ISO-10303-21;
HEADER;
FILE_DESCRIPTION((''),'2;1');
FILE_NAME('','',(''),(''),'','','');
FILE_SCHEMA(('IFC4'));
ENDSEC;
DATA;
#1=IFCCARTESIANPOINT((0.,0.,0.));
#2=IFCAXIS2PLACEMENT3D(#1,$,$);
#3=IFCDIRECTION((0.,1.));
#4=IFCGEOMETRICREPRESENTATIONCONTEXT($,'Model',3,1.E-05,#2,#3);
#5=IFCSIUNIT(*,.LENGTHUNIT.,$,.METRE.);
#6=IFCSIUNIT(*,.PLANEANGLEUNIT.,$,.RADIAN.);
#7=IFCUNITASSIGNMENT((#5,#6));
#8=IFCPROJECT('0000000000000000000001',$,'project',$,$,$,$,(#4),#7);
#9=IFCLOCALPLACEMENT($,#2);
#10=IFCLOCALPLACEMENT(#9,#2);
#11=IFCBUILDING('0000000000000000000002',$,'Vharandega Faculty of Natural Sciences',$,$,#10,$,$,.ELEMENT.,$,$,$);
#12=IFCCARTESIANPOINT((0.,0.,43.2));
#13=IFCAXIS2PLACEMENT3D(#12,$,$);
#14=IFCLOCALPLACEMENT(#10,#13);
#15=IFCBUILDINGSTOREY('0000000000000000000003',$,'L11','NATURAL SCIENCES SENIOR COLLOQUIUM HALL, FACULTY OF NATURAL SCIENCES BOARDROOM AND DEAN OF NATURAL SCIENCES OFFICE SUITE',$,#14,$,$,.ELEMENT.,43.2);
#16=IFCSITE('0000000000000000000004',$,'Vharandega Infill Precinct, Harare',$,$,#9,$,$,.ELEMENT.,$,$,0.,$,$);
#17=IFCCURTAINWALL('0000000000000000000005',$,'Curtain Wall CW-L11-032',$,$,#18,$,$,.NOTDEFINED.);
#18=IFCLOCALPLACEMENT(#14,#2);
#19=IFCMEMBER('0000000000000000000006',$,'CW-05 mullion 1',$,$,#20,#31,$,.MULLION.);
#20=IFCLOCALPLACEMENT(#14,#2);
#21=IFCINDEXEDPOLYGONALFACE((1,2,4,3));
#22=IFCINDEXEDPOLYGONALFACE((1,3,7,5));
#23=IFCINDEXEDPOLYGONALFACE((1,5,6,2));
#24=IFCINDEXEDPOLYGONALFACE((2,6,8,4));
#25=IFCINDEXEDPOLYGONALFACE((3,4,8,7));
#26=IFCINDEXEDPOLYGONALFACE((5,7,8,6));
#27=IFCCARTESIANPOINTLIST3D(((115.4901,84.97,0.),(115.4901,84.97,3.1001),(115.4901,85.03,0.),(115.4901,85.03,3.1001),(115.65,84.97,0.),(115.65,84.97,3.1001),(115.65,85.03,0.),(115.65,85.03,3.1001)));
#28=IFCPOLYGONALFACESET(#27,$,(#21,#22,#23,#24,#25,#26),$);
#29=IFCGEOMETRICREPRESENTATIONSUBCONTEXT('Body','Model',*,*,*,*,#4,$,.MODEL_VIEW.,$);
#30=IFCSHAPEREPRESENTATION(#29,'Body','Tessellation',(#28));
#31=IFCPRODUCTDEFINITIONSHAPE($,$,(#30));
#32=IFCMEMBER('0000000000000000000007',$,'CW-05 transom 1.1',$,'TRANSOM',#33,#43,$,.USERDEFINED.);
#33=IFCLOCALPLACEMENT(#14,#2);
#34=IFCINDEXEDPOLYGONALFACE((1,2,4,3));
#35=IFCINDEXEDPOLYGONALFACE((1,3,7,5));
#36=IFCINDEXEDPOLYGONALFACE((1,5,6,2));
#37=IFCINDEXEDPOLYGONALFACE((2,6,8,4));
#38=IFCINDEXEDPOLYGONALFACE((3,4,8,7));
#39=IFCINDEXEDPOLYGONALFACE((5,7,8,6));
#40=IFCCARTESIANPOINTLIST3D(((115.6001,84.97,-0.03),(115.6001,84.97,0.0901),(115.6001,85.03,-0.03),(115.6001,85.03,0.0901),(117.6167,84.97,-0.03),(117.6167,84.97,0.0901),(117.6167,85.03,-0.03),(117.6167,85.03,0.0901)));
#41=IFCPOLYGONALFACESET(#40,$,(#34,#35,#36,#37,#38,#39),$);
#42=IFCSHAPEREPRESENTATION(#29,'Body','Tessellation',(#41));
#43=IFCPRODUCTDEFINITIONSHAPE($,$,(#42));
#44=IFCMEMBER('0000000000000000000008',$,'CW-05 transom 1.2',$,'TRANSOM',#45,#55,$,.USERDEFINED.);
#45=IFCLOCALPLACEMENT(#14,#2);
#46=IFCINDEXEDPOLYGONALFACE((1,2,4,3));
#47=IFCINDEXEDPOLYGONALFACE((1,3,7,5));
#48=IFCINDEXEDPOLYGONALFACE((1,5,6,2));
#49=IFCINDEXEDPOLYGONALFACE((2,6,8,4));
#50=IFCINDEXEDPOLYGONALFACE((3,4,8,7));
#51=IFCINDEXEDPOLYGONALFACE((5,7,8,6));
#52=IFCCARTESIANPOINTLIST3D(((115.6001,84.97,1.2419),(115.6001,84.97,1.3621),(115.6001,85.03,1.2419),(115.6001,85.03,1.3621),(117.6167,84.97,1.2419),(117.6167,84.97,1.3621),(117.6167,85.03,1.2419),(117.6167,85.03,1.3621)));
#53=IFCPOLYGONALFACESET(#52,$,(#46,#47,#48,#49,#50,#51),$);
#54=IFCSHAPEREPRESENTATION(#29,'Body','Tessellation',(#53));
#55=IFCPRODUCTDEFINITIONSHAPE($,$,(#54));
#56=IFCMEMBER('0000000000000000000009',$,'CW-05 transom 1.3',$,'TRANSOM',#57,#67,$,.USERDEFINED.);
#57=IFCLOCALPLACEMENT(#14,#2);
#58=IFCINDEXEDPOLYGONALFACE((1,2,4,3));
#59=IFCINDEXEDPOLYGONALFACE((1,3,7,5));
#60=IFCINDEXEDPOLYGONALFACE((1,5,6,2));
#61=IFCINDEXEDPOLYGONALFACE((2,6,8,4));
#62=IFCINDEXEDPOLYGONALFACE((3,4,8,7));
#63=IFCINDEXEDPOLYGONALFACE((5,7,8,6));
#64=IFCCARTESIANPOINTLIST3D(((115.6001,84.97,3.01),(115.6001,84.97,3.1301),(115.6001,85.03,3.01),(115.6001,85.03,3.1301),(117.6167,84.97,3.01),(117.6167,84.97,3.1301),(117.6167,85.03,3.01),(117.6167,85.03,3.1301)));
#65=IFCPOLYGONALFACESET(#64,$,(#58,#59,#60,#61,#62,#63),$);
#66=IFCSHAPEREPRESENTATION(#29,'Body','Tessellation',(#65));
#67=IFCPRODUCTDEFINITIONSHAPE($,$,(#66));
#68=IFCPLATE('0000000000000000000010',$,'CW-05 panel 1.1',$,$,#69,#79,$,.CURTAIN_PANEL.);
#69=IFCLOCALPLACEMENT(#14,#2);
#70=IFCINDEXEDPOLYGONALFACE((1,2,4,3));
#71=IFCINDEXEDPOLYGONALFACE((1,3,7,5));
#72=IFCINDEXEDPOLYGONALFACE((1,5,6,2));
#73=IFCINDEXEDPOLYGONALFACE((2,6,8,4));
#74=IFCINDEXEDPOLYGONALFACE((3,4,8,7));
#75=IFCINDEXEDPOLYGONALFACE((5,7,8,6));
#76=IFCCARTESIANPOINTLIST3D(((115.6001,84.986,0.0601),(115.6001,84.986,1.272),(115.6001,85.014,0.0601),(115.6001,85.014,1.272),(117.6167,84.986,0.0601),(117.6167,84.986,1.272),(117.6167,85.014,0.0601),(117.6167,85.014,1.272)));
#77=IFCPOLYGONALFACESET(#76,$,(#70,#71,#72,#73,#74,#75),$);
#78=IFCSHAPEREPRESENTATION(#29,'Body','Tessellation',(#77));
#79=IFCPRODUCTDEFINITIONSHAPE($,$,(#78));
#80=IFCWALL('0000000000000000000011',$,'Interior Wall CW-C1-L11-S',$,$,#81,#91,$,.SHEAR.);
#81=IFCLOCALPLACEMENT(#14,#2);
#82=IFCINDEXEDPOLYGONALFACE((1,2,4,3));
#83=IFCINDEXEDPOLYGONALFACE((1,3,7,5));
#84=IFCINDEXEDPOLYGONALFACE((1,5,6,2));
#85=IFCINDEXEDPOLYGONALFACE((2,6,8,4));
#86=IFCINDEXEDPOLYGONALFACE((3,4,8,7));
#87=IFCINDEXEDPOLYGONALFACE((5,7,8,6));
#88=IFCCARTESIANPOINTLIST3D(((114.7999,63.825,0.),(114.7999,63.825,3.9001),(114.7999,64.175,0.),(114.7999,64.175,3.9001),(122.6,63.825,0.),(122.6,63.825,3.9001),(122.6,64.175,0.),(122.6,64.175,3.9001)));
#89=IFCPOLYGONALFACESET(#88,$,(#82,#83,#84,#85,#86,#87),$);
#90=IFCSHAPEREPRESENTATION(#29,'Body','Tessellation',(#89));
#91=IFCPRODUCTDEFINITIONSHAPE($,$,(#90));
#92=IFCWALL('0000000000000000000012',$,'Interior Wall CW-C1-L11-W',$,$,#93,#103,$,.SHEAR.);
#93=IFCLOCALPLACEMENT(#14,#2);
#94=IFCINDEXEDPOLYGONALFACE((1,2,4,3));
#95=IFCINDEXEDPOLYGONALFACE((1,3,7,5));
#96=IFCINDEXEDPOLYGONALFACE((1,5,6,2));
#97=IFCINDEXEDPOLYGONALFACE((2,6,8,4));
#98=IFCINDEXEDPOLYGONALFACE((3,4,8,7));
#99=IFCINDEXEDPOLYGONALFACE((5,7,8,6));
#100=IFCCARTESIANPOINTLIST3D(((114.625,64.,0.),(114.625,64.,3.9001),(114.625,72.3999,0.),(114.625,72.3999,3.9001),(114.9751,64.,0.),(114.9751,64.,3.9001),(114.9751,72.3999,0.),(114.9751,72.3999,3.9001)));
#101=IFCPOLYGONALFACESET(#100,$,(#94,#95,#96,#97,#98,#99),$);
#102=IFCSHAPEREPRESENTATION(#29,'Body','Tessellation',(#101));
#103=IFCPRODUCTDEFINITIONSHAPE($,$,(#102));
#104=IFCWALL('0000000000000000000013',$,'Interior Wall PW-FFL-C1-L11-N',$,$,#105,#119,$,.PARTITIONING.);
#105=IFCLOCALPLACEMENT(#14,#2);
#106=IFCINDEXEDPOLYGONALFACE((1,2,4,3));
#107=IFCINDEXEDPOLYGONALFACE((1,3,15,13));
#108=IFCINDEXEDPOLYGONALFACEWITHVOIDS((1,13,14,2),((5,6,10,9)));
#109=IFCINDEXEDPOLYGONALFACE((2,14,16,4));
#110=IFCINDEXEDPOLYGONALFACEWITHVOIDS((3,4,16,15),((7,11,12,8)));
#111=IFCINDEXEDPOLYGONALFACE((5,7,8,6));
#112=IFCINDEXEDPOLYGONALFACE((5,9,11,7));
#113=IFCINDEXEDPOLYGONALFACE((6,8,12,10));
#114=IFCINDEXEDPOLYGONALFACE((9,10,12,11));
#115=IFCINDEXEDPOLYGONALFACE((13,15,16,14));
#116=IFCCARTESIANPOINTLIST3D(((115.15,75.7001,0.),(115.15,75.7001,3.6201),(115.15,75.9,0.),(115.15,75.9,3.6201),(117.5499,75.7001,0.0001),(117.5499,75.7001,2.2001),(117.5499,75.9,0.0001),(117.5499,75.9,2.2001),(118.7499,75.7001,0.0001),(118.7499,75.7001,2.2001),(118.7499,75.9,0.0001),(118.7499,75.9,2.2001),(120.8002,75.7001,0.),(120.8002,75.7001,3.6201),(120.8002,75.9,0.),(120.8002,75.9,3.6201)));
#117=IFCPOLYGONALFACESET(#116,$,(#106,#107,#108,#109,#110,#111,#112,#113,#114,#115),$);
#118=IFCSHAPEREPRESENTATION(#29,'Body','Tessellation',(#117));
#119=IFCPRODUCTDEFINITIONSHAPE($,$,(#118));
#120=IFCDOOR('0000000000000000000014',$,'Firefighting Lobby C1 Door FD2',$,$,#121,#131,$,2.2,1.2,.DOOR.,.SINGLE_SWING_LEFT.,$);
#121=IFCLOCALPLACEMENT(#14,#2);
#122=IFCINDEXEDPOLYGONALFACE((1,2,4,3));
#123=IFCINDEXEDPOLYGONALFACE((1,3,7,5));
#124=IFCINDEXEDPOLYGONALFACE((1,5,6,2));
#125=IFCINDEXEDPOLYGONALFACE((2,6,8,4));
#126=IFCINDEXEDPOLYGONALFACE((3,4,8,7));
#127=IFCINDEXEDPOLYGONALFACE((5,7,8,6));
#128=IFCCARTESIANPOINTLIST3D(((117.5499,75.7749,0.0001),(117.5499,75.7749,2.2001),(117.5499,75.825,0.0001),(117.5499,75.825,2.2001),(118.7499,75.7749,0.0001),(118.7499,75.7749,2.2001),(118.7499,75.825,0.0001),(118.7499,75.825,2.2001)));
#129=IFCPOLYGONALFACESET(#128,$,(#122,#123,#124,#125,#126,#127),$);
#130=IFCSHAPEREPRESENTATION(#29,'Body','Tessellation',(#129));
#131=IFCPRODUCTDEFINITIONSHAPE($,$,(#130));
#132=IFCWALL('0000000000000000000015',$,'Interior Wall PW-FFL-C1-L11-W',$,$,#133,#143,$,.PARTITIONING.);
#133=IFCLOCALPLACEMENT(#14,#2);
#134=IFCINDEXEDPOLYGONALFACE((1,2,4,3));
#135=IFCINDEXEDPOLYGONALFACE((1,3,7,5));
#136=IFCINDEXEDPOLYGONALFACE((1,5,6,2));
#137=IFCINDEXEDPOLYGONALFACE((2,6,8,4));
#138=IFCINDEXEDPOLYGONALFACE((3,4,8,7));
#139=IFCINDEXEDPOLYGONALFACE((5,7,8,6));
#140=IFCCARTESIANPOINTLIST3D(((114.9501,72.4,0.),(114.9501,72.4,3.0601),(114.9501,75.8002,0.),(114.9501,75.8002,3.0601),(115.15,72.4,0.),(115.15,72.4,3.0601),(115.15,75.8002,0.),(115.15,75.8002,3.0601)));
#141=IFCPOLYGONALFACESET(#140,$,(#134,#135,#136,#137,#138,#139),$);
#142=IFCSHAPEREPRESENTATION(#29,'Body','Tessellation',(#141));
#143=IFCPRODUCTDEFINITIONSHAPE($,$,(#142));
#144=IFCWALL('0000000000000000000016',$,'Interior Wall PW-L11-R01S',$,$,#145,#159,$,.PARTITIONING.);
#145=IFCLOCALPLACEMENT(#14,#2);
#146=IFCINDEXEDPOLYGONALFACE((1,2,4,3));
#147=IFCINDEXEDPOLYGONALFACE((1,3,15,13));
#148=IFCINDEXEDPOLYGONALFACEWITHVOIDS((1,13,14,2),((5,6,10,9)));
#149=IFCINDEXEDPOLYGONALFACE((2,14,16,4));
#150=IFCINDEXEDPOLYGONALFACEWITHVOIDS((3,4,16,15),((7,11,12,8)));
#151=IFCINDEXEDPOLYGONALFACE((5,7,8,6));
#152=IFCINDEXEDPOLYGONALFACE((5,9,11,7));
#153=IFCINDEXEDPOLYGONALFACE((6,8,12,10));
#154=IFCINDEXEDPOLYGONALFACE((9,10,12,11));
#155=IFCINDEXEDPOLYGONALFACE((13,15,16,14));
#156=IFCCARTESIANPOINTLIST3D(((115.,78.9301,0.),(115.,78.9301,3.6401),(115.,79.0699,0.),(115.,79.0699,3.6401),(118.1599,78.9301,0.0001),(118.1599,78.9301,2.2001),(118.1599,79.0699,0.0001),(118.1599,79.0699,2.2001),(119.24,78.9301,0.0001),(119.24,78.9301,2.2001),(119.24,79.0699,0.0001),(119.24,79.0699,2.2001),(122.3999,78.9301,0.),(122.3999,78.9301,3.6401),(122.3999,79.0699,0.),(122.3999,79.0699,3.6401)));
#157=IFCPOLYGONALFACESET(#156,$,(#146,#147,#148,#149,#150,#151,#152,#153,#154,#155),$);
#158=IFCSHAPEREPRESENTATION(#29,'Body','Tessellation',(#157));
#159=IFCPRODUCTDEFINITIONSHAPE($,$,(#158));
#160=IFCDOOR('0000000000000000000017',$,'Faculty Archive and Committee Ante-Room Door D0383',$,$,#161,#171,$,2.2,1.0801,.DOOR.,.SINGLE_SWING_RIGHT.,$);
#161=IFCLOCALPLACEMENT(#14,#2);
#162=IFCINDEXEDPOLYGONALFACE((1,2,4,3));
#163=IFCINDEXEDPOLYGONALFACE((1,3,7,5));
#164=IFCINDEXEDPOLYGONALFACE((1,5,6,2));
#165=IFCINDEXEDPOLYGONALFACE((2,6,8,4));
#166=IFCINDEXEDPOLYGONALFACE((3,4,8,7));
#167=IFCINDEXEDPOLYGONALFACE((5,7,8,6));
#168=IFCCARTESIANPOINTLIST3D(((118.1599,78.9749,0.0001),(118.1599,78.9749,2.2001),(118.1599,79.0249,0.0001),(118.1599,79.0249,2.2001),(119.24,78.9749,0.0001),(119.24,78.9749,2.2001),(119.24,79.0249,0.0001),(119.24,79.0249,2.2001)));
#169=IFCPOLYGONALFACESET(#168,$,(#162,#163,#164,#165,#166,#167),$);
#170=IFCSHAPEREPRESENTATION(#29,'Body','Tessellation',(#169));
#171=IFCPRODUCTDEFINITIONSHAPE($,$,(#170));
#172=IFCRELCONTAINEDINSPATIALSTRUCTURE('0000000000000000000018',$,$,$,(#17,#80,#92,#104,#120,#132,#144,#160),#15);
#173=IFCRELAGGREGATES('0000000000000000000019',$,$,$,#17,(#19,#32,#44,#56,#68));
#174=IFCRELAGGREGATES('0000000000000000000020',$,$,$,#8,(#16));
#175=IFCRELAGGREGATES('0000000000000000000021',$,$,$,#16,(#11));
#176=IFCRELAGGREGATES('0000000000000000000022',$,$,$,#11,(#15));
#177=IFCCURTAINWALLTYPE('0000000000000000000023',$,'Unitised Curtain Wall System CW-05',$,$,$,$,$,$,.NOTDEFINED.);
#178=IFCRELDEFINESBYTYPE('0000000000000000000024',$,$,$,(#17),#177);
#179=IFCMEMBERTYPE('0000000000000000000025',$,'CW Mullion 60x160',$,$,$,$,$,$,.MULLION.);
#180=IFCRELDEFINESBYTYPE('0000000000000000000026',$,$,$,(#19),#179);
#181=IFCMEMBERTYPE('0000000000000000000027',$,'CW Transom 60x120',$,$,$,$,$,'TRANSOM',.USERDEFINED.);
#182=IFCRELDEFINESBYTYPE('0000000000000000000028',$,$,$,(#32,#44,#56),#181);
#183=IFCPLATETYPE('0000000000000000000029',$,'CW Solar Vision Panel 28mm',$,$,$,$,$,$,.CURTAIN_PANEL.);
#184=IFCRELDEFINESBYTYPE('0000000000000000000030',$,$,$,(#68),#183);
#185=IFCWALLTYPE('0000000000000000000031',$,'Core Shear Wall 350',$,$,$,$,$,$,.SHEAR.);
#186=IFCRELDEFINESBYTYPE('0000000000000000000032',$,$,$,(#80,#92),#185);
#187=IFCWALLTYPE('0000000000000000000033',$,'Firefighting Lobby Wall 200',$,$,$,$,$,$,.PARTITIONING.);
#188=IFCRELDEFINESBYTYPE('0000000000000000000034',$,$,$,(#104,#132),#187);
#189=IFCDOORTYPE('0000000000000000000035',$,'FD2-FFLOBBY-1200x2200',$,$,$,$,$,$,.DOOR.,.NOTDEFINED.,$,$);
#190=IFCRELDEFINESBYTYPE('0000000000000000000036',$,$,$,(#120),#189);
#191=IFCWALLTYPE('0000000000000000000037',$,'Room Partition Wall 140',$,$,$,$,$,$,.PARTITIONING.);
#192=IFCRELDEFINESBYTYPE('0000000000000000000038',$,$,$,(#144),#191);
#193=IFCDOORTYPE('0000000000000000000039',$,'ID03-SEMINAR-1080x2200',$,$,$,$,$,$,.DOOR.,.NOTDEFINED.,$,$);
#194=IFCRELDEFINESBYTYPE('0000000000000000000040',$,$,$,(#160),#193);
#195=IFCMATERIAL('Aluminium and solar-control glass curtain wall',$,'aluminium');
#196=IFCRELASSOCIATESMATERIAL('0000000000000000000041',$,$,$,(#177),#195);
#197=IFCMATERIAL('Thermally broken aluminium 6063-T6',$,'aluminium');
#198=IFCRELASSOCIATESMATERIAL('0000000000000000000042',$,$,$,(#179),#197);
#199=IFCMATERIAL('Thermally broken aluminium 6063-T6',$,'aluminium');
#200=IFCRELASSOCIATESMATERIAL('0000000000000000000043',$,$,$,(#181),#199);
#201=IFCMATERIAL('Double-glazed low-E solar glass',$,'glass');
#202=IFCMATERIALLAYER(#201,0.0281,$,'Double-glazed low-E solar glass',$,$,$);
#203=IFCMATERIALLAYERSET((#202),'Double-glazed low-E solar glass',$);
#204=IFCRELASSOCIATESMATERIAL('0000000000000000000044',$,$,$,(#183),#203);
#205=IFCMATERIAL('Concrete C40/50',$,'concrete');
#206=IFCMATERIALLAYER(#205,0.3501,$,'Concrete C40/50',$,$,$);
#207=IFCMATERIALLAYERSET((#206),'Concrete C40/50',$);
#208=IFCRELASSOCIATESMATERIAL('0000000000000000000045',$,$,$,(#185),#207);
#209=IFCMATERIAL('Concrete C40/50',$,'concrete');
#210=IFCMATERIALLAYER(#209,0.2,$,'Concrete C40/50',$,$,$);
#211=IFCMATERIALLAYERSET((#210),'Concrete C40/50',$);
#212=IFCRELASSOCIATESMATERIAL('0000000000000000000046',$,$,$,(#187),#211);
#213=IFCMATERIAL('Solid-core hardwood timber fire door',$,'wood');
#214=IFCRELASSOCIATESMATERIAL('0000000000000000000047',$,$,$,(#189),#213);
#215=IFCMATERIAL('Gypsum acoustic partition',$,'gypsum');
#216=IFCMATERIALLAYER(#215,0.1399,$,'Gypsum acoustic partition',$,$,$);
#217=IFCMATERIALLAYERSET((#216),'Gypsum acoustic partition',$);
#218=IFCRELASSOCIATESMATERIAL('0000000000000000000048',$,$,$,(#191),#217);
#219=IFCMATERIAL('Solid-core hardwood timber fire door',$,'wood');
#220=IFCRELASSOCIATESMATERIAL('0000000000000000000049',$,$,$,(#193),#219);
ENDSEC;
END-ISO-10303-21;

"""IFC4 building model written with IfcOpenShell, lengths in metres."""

from ifc_helpers import new_model, si_unit, direction, frame, frame_2d, origin, origin_2d, place, context, subcontext, project, spatial, rectangle, extrude, material, layer, layer_set, material_profile, profile_set, type_object, element, fill, aggregate, save


model = new_model("IFC4")

# Units and contexts
model_context = context("Model", 3, precision=1e-05, world=origin(), true_north=direction((0.0, 1.0)))
body_context = subcontext(model_context, "Body", "Model", "MODEL_VIEW")
ifc_project = project(units=[si_unit("LENGTHUNIT", "METRE"), si_unit("PLANEANGLEUNIT", "RADIAN")], contexts=[model_context])

# Site, building, storey
site_placement = place(None, origin())
site = spatial("IfcSite", under=ifc_project, at=site_placement, Name="Vharandega Infill Precinct, Harare", CompositionType="ELEMENT", RefElevation=0.0)
building_placement = place(site_placement, origin())
building = spatial("IfcBuilding", under=site, at=building_placement, Name="Vharandega Faculty of Natural Sciences", CompositionType="ELEMENT")
storey_placement = place(building_placement, frame((0.0, 0.0, 43.2)))
storey = spatial("IfcBuildingStorey", under=building, at=storey_placement, Name="L11", Description="NATURAL SCIENCES SENIOR COLLOQUIUM HALL, FACULTY OF NATURAL SCIENCES BOARDROOM AND DEAN OF NATURAL SCIENCES OFFICE SUITE", CompositionType="ELEMENT", Elevation=43.2)

# Curtain wall, members, plate
ifc_material_1 = material(Name="Aluminium and solar-control glass curtain wall", Category="aluminium")
curtain_wall_type = type_object("IfcCurtainWallType", Name="Unitised Curtain Wall System CW-05", PredefinedType="NOTDEFINED", material=ifc_material_1)
curtain_wall_placement = place(storey_placement, origin())
curtain_wall = element("IfcCurtainWall", 1, at=curtain_wall_placement, inside=storey, type_object=curtain_wall_type, Name="Curtain Wall CW-L11-032", PredefinedType="NOTDEFINED")
ifc_material_2 = material(Name="Thermally broken aluminium 6063-T6", Category="aluminium")
ifc_material_profile_1 = material_profile(ifc_material_2, rectangle(XDim=0.0601, YDim=0.1599, at=origin_2d()), Name="ALU 60x160")
ifc_profile_set_1 = profile_set([ifc_material_profile_1], Name="Thermally broken aluminium 6063-T6")
member_type_1 = type_object("IfcMemberType", Name="CW Mullion 60x160", PredefinedType="MULLION", material=ifc_profile_set_1)
member_1_placement = place(storey_placement, frame((115.5701, 85.0, 0.0), z_axis=(0.0, 0.0, 1.0), x_axis=(0.0, 1.0, 0.0)))
member_1 = element("IfcMember", 2, at=member_1_placement, type_object=member_type_1, Name="CW-05 mullion 1", PredefinedType="MULLION", context=body_context, shape_type="SweptSolid", body=[
    extrude(rectangle(XDim=0.0601, YDim=0.1599, at=origin_2d()), origin(), (0.0, 0.0, 1.0), 3.1001),
])
ifc_material_3 = material(Name="Thermally broken aluminium 6063-T6", Category="aluminium")
ifc_material_profile_2 = material_profile(ifc_material_3, rectangle(XDim=0.0601, YDim=0.1201, at=origin_2d()), Name="ALU 60x120")
ifc_profile_set_2 = profile_set([ifc_material_profile_2], Name="Thermally broken aluminium 6063-T6")
member_type_2 = type_object("IfcMemberType", Name="CW Transom 60x120", ElementType="TRANSOM", PredefinedType="USERDEFINED", material=ifc_profile_set_2)
member_2_placement = place(storey_placement, frame((115.6001, 85.0, 0.03), z_axis=(1.0, 0.0, 0.0), x_axis=(0.0, 1.0, 0.0)))
member_2 = element("IfcMember", 3, at=member_2_placement, type_object=member_type_2, Name="CW-05 transom 1.1", ObjectType="TRANSOM", PredefinedType="USERDEFINED", context=body_context, shape_type="SweptSolid", body=[
    extrude(rectangle(XDim=0.0601, YDim=0.1201, at=origin_2d()), origin(), (0.0, 0.0, 1.0), 2.0166),
])
member_3_placement = place(storey_placement, frame((115.6001, 85.0, 1.302), z_axis=(1.0, 0.0, 0.0), x_axis=(0.0, 1.0, 0.0)))
member_3 = element("IfcMember", 4, at=member_3_placement, type_object=member_type_2, Name="CW-05 transom 1.2", ObjectType="TRANSOM", PredefinedType="USERDEFINED", context=body_context, shape_type="SweptSolid", body=[
    extrude(rectangle(XDim=0.0601, YDim=0.1201, at=origin_2d()), origin(), (0.0, 0.0, 1.0), 2.0166),
])
member_4_placement = place(storey_placement, frame((115.6001, 85.0, 3.0701), z_axis=(1.0, 0.0, 0.0), x_axis=(0.0, 1.0, 0.0)))
member_4 = element("IfcMember", 5, at=member_4_placement, type_object=member_type_2, Name="CW-05 transom 1.3", ObjectType="TRANSOM", PredefinedType="USERDEFINED", context=body_context, shape_type="SweptSolid", body=[
    extrude(rectangle(XDim=0.0601, YDim=0.1201, at=origin_2d()), origin(), (0.0, 0.0, 1.0), 2.0166),
])
ifc_material_4 = material(Name="Double-glazed low-E solar glass", Category="glass")
ifc_layer_1 = layer(ifc_material_4, 0.0281, Name="Double-glazed low-E solar glass")
ifc_layer_set_1 = layer_set([ifc_layer_1], Name="Double-glazed low-E solar glass")
plate_type = type_object("IfcPlateType", Name="CW Solar Vision Panel 28mm", PredefinedType="CURTAIN_PANEL", material=ifc_layer_set_1)
plate_placement = place(storey_placement, frame((116.6084, 85.0, 0.0601), z_axis=(0.0, 0.0, 1.0), x_axis=(1.0, 0.0, 0.0)))
plate = element("IfcPlate", 6, at=plate_placement, type_object=plate_type, Name="CW-05 panel 1.1", PredefinedType="CURTAIN_PANEL", context=body_context, shape_type="SweptSolid", body=[
    extrude(rectangle(XDim=2.0166, YDim=0.0281, at=origin_2d()), origin(), (0.0, 0.0, 1.0), 1.2119),
])
aggregate(curtain_wall, [member_1, member_2, member_3, member_4, plate])

# Walls
ifc_material_5 = material(Name="Concrete C40/50", Category="concrete")
ifc_layer_2 = layer(ifc_material_5, 0.3501, Name="Concrete C40/50")
ifc_layer_set_2 = layer_set([ifc_layer_2], Name="Concrete C40/50")
wall_type_1 = type_object("IfcWallType", Name="Core Shear Wall 350", PredefinedType="SHEAR", material=ifc_layer_set_2)
wall_1_placement = place(storey_placement, frame((114.8, 64.0, 0.0), z_axis=(0.0, 0.0, 1.0), x_axis=(1.0, 0.0, 0.0)))
element("IfcWall", 7, at=wall_1_placement, inside=storey, type_object=wall_type_1, Name="Interior Wall CW-C1-L11-S", PredefinedType="SHEAR", context=body_context, shape_type="SweptSolid", body=[
    extrude(rectangle(XDim=7.8, YDim=0.3501, at=frame_2d((3.8999, 0.0))), origin(), (0.0, 0.0, 1.0), 3.9001),
])
wall_2_placement = place(storey_placement, frame((114.8, 64.0, 0.0), z_axis=(0.0, 0.0, 1.0), x_axis=(0.0, 1.0, 0.0)))
element("IfcWall", 8, at=wall_2_placement, inside=storey, type_object=wall_type_1, Name="Interior Wall CW-C1-L11-W", PredefinedType="SHEAR", context=body_context, shape_type="SweptSolid", body=[
    extrude(rectangle(XDim=8.3999, YDim=0.3501, at=frame_2d((4.2, 0.0))), origin(), (0.0, 0.0, 1.0), 3.9001),
])

# Wall, opening, door
ifc_material_6 = material(Name="Concrete C40/50", Category="concrete")
ifc_layer_3 = layer(ifc_material_6, 0.2, Name="Concrete C40/50")
ifc_layer_set_3 = layer_set([ifc_layer_3], Name="Concrete C40/50")
wall_type_2 = type_object("IfcWallType", Name="Firefighting Lobby Wall 200", PredefinedType="PARTITIONING", material=ifc_layer_set_3)
wall_3_placement = place(storey_placement, frame((115.1499, 75.8, 0.0), z_axis=(0.0, 0.0, 1.0), x_axis=(1.0, 0.0, 0.0)))
wall_3 = element("IfcWall", 9, at=wall_3_placement, inside=storey, type_object=wall_type_2, Name="Interior Wall PW-FFL-C1-L11-N", PredefinedType="PARTITIONING", context=body_context, shape_type="SweptSolid", body=[
    extrude(rectangle(XDim=5.6501, YDim=0.2, at=frame_2d((2.8252, 0.0))), origin(), (0.0, 0.0, 1.0), 3.6201),
])
opening_1_placement = place(wall_3_placement, frame((2.3999, 0.0, 0.0)))
opening_1 = element("IfcOpeningElement", 10, at=opening_1_placement, cuts=wall_3, PredefinedType="OPENING", context=body_context, shape_type="SweptSolid", body=[
    extrude(rectangle(XDim=1.2, YDim=2.2, at=frame_2d((0.6001, 1.1001))), frame((0.0, 0.1099, 0.0), z_axis=(0.0, -1.0, 0.0), x_axis=(1.0, 0.0, 0.0)), (0.0, 0.0, 1.0), 0.22),
])
ifc_material_7 = material(Name="Solid-core hardwood timber fire door", Category="wood")
door_type_1 = type_object("IfcDoorType", Name="FD2-FFLOBBY-1200x2200", OperationType="NOTDEFINED", PredefinedType="DOOR", material=ifc_material_7)
door_1_placement = place(opening_1_placement, origin())
door_1 = element("IfcDoor", 11, at=door_1_placement, inside=storey, type_object=door_type_1, Name="Firefighting Lobby C1 Door FD2", OperationType="SINGLE_SWING_LEFT", OverallHeight=2.2, OverallWidth=1.2, PredefinedType="DOOR", context=body_context, shape_type="SweptSolid", body=[
    extrude(rectangle(XDim=1.2, YDim=2.2, at=frame_2d((0.6001, 1.1001))), frame((0.0, 0.0249, 0.0), z_axis=(0.0, -1.0, 0.0), x_axis=(1.0, 0.0, 0.0)), (0.0, 0.0, 1.0), 0.05),
])
fill(opening_1, door_1)

# Wall
wall_4_placement = place(storey_placement, frame((115.05, 72.3999, 0.0), z_axis=(0.0, 0.0, 1.0), x_axis=(0.0, 1.0, 0.0)))
element("IfcWall", 12, at=wall_4_placement, inside=storey, type_object=wall_type_2, Name="Interior Wall PW-FFL-C1-L11-W", PredefinedType="PARTITIONING", context=body_context, shape_type="SweptSolid", body=[
    extrude(rectangle(XDim=3.4001, YDim=0.2, at=frame_2d((1.7002, 0.0))), origin(), (0.0, 0.0, 1.0), 3.0601),
])

# Wall, opening, door
ifc_material_8 = material(Name="Gypsum acoustic partition", Category="gypsum")
ifc_layer_4 = layer(ifc_material_8, 0.1399, Name="Gypsum acoustic partition")
ifc_layer_set_4 = layer_set([ifc_layer_4], Name="Gypsum acoustic partition")
wall_type_3 = type_object("IfcWallType", Name="Room Partition Wall 140", PredefinedType="PARTITIONING", material=ifc_layer_set_4)
wall_5_placement = place(storey_placement, frame((115.0, 79.0, 0.0), z_axis=(0.0, 0.0, 1.0), x_axis=(1.0, 0.0, 0.0)))
wall_5 = element("IfcWall", 13, at=wall_5_placement, inside=storey, type_object=wall_type_3, Name="Interior Wall PW-L11-R01S", PredefinedType="PARTITIONING", context=body_context, shape_type="SweptSolid", body=[
    extrude(rectangle(XDim=7.3999, YDim=0.1399, at=frame_2d((3.7, 0.0))), origin(), (0.0, 0.0, 1.0), 3.6401),
])
opening_2_placement = place(wall_5_placement, frame((3.1599, 0.0, 0.0)))
opening_2 = element("IfcOpeningElement", 14, at=opening_2_placement, cuts=wall_5, PredefinedType="OPENING", context=body_context, shape_type="SweptSolid", body=[
    extrude(rectangle(XDim=1.0801, YDim=2.2, at=frame_2d((0.54, 1.1001))), frame((0.0, 0.0801, 0.0), z_axis=(0.0, -1.0, 0.0), x_axis=(1.0, 0.0, 0.0)), (0.0, 0.0, 1.0), 0.1599),
])
ifc_material_9 = material(Name="Solid-core hardwood timber fire door", Category="wood")
door_type_2 = type_object("IfcDoorType", Name="ID03-SEMINAR-1080x2200", OperationType="NOTDEFINED", PredefinedType="DOOR", material=ifc_material_9)
door_2_placement = place(opening_2_placement, origin())
door_2 = element("IfcDoor", 15, at=door_2_placement, inside=storey, type_object=door_type_2, Name="Faculty Archive and Committee Ante-Room Door D0383", OperationType="SINGLE_SWING_RIGHT", OverallHeight=2.2, OverallWidth=1.0801, PredefinedType="DOOR", context=body_context, shape_type="SweptSolid", body=[
    extrude(rectangle(XDim=1.0801, YDim=2.2, at=frame_2d((0.54, 1.1001))), frame((0.0, 0.0249, 0.0), z_axis=(0.0, -1.0, 0.0), x_axis=(1.0, 0.0, 0.0)), (0.0, 0.0, 1.0), 0.05),
])
fill(opening_2, door_2)

save(model, "model.ifc")
